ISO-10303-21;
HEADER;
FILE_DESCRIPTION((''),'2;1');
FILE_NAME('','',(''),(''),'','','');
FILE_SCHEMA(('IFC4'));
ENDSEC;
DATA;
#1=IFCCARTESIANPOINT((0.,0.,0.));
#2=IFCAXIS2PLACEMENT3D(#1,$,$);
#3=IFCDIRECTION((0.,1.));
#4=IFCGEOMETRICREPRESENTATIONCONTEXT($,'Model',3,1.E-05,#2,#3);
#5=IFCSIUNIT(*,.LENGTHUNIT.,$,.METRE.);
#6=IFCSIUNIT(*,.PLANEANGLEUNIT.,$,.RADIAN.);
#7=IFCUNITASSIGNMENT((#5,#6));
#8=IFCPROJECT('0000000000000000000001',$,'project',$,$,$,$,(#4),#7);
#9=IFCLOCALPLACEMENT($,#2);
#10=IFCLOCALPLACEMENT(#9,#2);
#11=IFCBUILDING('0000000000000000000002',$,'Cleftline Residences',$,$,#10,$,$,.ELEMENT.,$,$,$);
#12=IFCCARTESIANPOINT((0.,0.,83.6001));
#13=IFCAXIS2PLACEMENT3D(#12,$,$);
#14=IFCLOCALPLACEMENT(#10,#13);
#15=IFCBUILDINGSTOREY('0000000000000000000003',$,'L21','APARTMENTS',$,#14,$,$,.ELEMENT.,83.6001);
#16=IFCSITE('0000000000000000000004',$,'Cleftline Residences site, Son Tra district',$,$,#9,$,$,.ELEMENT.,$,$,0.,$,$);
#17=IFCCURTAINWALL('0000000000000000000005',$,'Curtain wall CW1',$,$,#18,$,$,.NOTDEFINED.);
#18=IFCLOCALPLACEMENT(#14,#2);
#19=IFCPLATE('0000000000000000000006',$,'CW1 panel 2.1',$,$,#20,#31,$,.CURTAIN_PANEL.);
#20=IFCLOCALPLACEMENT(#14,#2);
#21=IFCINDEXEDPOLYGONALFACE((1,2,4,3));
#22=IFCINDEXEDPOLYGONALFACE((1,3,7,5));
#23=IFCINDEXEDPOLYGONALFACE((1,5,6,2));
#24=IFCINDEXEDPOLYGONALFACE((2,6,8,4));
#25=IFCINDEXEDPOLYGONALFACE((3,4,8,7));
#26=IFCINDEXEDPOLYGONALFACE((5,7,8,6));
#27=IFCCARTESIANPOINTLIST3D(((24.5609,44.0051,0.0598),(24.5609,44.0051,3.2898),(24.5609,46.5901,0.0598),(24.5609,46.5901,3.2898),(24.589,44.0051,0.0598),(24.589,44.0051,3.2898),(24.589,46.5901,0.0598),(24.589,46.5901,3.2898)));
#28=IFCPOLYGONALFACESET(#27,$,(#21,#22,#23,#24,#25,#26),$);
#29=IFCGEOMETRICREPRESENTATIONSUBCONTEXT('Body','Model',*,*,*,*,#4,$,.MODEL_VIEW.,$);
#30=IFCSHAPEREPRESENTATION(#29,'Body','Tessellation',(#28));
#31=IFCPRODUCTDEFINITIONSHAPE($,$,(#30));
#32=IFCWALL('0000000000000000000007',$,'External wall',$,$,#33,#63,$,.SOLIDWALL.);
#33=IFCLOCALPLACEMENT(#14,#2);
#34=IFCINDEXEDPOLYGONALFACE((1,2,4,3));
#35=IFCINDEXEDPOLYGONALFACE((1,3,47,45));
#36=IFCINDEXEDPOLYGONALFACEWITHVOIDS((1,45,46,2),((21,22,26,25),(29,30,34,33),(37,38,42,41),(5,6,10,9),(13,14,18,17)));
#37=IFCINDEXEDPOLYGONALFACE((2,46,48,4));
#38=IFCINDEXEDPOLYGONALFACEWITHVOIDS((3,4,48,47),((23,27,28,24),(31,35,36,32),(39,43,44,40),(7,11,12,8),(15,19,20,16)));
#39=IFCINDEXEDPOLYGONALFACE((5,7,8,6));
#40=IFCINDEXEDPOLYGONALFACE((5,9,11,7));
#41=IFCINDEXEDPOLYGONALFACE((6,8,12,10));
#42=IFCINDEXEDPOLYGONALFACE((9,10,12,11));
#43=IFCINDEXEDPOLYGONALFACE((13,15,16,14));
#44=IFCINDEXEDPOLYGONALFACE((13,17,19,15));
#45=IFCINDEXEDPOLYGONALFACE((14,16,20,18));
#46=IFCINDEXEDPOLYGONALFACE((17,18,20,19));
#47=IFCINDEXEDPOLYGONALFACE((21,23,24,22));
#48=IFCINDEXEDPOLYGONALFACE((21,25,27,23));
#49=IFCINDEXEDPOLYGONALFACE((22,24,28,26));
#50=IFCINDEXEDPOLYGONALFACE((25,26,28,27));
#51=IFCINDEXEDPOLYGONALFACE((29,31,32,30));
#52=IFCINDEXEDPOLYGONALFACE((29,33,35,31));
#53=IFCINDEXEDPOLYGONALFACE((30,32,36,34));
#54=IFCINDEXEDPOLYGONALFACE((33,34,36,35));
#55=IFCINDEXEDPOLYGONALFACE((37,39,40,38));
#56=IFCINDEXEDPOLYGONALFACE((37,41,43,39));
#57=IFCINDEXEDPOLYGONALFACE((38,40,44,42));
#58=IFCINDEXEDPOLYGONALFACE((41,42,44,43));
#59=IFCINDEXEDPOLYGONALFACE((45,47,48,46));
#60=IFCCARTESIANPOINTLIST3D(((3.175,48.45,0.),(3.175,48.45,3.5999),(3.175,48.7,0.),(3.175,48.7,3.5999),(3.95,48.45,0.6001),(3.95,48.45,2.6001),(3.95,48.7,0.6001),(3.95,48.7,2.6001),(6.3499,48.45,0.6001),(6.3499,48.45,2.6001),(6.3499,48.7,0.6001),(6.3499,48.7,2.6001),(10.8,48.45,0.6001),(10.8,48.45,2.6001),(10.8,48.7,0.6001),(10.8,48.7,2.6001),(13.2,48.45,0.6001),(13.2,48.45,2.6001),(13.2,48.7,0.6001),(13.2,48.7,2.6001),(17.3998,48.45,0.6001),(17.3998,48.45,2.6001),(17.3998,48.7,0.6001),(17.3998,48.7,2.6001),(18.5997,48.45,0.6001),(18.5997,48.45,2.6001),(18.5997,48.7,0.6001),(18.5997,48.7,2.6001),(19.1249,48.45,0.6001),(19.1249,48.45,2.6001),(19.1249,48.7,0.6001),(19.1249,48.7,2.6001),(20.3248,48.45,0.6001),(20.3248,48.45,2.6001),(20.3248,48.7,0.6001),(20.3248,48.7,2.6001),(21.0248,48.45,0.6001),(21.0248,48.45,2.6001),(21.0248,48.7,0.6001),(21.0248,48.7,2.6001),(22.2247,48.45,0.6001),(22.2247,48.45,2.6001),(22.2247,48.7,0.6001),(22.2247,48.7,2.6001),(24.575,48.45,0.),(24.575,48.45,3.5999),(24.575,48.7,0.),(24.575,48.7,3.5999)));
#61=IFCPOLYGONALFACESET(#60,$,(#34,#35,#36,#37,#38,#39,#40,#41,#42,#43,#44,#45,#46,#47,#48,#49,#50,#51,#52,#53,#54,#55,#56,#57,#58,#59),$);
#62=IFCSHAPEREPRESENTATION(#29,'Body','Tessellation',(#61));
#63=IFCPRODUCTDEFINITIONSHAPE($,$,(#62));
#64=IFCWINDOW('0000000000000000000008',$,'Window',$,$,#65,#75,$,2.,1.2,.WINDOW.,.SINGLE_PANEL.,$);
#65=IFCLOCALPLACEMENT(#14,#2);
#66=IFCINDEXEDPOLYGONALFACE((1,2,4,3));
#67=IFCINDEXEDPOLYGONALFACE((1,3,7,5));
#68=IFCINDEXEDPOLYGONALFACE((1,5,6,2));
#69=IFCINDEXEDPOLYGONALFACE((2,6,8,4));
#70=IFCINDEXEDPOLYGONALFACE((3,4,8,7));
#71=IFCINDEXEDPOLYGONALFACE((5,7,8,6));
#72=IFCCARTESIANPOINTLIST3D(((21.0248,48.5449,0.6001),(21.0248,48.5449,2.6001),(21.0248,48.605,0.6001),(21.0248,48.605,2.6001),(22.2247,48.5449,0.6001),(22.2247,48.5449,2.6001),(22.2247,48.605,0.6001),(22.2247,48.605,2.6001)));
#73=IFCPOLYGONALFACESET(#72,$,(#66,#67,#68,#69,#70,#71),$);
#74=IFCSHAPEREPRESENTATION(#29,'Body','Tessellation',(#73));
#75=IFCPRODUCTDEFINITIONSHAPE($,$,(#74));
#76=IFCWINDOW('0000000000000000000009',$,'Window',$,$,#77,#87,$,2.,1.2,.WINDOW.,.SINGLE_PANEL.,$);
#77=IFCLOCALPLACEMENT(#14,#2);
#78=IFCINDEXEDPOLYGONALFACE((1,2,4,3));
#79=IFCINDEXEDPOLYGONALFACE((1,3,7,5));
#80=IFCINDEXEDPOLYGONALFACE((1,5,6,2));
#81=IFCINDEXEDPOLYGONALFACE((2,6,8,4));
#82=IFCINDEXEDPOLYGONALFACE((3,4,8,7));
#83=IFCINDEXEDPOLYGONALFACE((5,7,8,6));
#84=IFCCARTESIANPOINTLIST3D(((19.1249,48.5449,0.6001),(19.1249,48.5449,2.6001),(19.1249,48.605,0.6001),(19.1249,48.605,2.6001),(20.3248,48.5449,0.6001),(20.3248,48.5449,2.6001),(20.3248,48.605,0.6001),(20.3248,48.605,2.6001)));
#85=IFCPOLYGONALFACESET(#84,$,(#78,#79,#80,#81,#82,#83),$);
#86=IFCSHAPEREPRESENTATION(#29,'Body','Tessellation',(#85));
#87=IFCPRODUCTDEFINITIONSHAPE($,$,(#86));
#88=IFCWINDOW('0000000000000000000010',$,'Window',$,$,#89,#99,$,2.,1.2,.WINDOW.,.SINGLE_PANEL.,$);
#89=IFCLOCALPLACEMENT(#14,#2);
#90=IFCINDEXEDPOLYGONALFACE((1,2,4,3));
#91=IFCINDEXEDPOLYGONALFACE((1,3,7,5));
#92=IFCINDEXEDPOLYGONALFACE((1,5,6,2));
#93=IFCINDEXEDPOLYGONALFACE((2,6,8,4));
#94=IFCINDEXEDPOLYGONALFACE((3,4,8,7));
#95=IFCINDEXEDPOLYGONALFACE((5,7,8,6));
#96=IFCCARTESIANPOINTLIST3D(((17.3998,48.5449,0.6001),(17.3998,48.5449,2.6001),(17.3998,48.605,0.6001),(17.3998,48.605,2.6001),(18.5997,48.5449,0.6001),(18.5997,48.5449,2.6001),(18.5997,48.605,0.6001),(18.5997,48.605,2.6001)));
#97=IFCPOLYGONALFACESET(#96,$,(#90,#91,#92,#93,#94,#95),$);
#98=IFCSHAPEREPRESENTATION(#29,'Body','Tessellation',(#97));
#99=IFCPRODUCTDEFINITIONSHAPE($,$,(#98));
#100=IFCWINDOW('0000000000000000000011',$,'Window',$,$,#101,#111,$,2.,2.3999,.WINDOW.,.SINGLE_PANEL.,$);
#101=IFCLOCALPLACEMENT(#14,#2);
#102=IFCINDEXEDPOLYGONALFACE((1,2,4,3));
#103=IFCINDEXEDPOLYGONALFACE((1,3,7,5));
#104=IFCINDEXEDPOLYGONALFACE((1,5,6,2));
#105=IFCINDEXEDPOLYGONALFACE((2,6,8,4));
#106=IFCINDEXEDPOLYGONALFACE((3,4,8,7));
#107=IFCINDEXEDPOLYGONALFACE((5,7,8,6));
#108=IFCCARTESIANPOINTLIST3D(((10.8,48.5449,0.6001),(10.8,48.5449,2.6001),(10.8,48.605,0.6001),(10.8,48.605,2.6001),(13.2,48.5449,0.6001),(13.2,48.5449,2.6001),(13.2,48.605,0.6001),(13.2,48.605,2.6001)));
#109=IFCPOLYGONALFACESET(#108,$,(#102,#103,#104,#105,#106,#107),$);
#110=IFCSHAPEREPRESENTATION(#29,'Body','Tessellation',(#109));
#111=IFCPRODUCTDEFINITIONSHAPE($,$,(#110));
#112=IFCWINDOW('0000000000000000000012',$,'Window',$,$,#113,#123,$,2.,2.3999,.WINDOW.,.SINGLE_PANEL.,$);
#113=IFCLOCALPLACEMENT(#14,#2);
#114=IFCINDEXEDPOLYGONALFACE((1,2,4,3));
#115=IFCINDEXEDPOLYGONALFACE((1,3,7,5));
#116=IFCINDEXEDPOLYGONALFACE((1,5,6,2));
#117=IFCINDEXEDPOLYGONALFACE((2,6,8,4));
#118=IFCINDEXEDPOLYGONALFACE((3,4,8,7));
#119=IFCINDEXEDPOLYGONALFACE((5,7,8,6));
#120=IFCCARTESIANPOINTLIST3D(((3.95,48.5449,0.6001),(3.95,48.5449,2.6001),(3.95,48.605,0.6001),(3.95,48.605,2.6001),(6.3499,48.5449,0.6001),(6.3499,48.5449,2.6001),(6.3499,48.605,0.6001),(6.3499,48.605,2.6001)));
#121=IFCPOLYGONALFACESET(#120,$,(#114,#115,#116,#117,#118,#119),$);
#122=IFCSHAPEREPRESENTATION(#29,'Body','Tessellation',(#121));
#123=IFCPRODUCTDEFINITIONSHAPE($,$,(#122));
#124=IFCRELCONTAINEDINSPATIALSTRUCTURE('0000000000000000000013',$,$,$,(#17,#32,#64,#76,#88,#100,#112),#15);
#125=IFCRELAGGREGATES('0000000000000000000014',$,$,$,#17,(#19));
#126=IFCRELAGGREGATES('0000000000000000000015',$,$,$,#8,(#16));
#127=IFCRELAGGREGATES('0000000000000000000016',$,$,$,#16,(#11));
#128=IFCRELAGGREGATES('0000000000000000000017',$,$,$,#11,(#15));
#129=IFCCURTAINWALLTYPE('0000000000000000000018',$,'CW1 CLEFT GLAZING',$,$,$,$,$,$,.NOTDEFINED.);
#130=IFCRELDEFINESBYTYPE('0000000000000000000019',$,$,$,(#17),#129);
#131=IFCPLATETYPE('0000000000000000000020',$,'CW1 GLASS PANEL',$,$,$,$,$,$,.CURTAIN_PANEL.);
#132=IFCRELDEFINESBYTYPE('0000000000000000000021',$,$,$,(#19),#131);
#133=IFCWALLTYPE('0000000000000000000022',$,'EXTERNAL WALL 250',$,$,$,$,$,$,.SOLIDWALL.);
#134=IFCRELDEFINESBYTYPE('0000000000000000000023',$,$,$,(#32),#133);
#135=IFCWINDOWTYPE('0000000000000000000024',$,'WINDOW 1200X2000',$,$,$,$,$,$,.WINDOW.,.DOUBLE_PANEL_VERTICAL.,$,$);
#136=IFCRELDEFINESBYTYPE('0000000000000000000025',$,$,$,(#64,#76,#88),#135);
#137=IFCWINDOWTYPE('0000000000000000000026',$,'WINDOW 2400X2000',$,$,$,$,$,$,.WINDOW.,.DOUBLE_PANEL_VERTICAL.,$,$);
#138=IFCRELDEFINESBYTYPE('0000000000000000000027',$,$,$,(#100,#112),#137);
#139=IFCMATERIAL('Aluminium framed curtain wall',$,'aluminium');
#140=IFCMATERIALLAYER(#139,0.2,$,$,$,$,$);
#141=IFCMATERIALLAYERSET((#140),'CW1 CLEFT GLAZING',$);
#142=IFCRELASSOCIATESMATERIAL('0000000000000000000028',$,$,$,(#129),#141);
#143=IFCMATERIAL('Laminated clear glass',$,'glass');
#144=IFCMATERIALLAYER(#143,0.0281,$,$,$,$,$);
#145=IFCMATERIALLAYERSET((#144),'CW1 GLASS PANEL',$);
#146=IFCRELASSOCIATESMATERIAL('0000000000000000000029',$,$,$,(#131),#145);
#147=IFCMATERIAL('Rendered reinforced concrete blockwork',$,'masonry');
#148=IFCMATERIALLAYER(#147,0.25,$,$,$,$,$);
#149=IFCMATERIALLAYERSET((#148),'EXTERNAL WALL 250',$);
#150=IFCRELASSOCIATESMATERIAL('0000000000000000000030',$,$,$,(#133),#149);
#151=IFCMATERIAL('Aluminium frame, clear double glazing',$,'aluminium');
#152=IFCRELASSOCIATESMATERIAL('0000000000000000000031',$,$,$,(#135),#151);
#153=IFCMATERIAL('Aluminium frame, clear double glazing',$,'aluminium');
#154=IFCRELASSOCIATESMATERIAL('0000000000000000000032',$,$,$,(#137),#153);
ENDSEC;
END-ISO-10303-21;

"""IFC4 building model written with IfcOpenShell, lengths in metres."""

from ifc_helpers import new_model, si_unit, direction, frame, frame_2d, origin, origin_2d, place, context, subcontext, project, spatial, rectangle, extrude, material, layer, layer_set, type_object, element, fill, aggregate, save


model = new_model("IFC4")

# Units and contexts
model_context = context("Model", 3, precision=1e-05, world=origin(), true_north=direction((0.0, 1.0)))
body_context = subcontext(model_context, "Body", "Model", "MODEL_VIEW")
ifc_project = project(units=[si_unit("LENGTHUNIT", "METRE"), si_unit("PLANEANGLEUNIT", "RADIAN")], contexts=[model_context])

# Site, building, storey
site_placement = place(None, origin())
site = spatial("IfcSite", under=ifc_project, at=site_placement, Name="Cleftline Residences site, Son Tra district", CompositionType="ELEMENT", RefElevation=0.0)
building_placement = place(site_placement, origin())
building = spatial("IfcBuilding", under=site, at=building_placement, Name="Cleftline Residences", CompositionType="ELEMENT")
storey_placement = place(building_placement, frame((0.0, 0.0, 83.6001)))
storey = spatial("IfcBuildingStorey", under=building, at=storey_placement, Name="L21", Description="APARTMENTS", CompositionType="ELEMENT", Elevation=83.6001)

# Shared definitions
ifc_material_1 = material(Name="Aluminium framed curtain wall", Category="aluminium")
ifc_layer_1 = layer(ifc_material_1, 0.2)
ifc_layer_set_1 = layer_set([ifc_layer_1], Name="CW1 CLEFT GLAZING")
curtain_wall_type = type_object("IfcCurtainWallType", Name="CW1 CLEFT GLAZING", PredefinedType="NOTDEFINED", material=ifc_layer_set_1)

# Curtain wall, plate
curtain_wall_1_placement = place(storey_placement, origin())
curtain_wall_1 = element("IfcCurtainWall", 1, at=curtain_wall_1_placement, inside=storey, type_object=curtain_wall_type, Name="Curtain wall CW1", PredefinedType="NOTDEFINED")
ifc_material_2 = material(Name="Laminated clear glass", Category="glass")
ifc_layer_2 = layer(ifc_material_2, 0.0281)
ifc_layer_set_2 = layer_set([ifc_layer_2], Name="CW1 GLASS PANEL")
plate_type = type_object("IfcPlateType", Name="CW1 GLASS PANEL", PredefinedType="CURTAIN_PANEL", material=ifc_layer_set_2)
plate_1_placement = place(storey_placement, frame((24.575, 45.2976, 0.0598), z_axis=(0.0, 0.0, 1.0), x_axis=(0.0, 1.0, 0.0)))
plate_1 = element("IfcPlate", 2, at=plate_1_placement, type_object=plate_type, Name="CW1 panel 2.1", PredefinedType="CURTAIN_PANEL", context=body_context, shape_type="SweptSolid", body=[
    extrude(rectangle(XDim=2.585, YDim=0.0281, at=origin_2d()), origin(), (0.0, 0.0, 1.0), 3.23),
])
aggregate(curtain_wall_1, [plate_1])

# Wall, openings, windows
ifc_material_3 = material(Name="Rendered reinforced concrete blockwork", Category="masonry")
ifc_layer_3 = layer(ifc_material_3, 0.25)
ifc_layer_set_3 = layer_set([ifc_layer_3], Name="EXTERNAL WALL 250")
wall_type = type_object("IfcWallType", Name="EXTERNAL WALL 250", PredefinedType="SOLIDWALL", material=ifc_layer_set_3)
wall_placement = place(storey_placement, frame((24.575, 48.575, 0.0), z_axis=(0.0, 0.0, 1.0), x_axis=(-1.0, 0.0, 0.0)))
wall = element("IfcWall", 3, at=wall_placement, inside=storey, type_object=wall_type, Name="External wall", PredefinedType="SOLIDWALL", context=body_context, shape_type="SweptSolid", body=[
    extrude(rectangle(XDim=21.3999, YDim=0.25, at=frame_2d((10.7, 0.0))), origin(), (0.0, 0.0, 1.0), 3.5999),
])
opening_1_placement = place(wall_placement, frame((2.3501, 0.0, 0.6001)))
opening_1 = element("IfcOpeningElement", 4, at=opening_1_placement, cuts=wall, PredefinedType="OPENING", context=body_context, shape_type="SweptSolid", body=[
    extrude(rectangle(XDim=1.2, YDim=2.0, at=frame_2d((0.6001, 1.0))), frame((0.0, 0.135, 0.0), z_axis=(0.0, -1.0, 0.0), x_axis=(1.0, 0.0, 0.0)), (0.0, 0.0, 1.0), 0.27),
])
opening_2_placement = place(wall_placement, frame((4.25, 0.0, 0.6001)))
opening_2 = element("IfcOpeningElement", 5, at=opening_2_placement, cuts=wall, PredefinedType="OPENING", context=body_context, shape_type="SweptSolid", body=[
    extrude(rectangle(XDim=1.2, YDim=2.0, at=frame_2d((0.6001, 1.0))), frame((0.0, 0.135, 0.0), z_axis=(0.0, -1.0, 0.0), x_axis=(1.0, 0.0, 0.0)), (0.0, 0.0, 1.0), 0.27),
])
opening_3_placement = place(wall_placement, frame((5.9751, 0.0, 0.6001)))
opening_3 = element("IfcOpeningElement", 6, at=opening_3_placement, cuts=wall, PredefinedType="OPENING", context=body_context, shape_type="SweptSolid", body=[
    extrude(rectangle(XDim=1.2, YDim=2.0, at=frame_2d((0.6001, 1.0))), frame((0.0, 0.135, 0.0), z_axis=(0.0, -1.0, 0.0), x_axis=(1.0, 0.0, 0.0)), (0.0, 0.0, 1.0), 0.27),
])
opening_4_placement = place(wall_placement, frame((11.375, 0.0, 0.6001)))
opening_4 = element("IfcOpeningElement", 7, at=opening_4_placement, cuts=wall, PredefinedType="OPENING", context=body_context, shape_type="SweptSolid", body=[
    extrude(rectangle(XDim=2.3999, YDim=2.0, at=frame_2d((1.2, 1.0))), frame((0.0, 0.135, 0.0), z_axis=(0.0, -1.0, 0.0), x_axis=(1.0, 0.0, 0.0)), (0.0, 0.0, 1.0), 0.27),
])
opening_5_placement = place(wall_placement, frame((18.2251, 0.0, 0.6001)))
opening_5 = element("IfcOpeningElement", 8, at=opening_5_placement, cuts=wall, PredefinedType="OPENING", context=body_context, shape_type="SweptSolid", body=[
    extrude(rectangle(XDim=2.3999, YDim=2.0, at=frame_2d((1.2, 1.0))), frame((0.0, 0.135, 0.0), z_axis=(0.0, -1.0, 0.0), x_axis=(1.0, 0.0, 0.0)), (0.0, 0.0, 1.0), 0.27),
])
ifc_material_4 = material(Name="Aluminium frame, clear double glazing", Category="aluminium")
window_type_1 = type_object("IfcWindowType", Name="WINDOW 1200X2000", PartitioningType="DOUBLE_PANEL_VERTICAL", PredefinedType="WINDOW", material=ifc_material_4)
window_1_placement = place(opening_1_placement, origin())
window_1 = element("IfcWindow", 9, at=window_1_placement, inside=storey, type_object=window_type_1, Name="Window", OverallHeight=2.0, OverallWidth=1.2, PartitioningType="SINGLE_PANEL", PredefinedType="WINDOW", context=body_context, shape_type="SweptSolid", body=[
    extrude(rectangle(XDim=1.2, YDim=2.0, at=frame_2d((0.6001, 1.0))), frame((0.0, 0.03, 0.0), z_axis=(0.0, -1.0, 0.0), x_axis=(1.0, 0.0, 0.0)), (0.0, 0.0, 1.0), 0.0601),
])
fill(opening_1, window_1)
window_2_placement = place(opening_2_placement, origin())
window_2 = element("IfcWindow", 10, at=window_2_placement, inside=storey, type_object=window_type_1, Name="Window", OverallHeight=2.0, OverallWidth=1.2, PartitioningType="SINGLE_PANEL", PredefinedType="WINDOW", context=body_context, shape_type="SweptSolid", body=[
    extrude(rectangle(XDim=1.2, YDim=2.0, at=frame_2d((0.6001, 1.0))), frame((0.0, 0.03, 0.0), z_axis=(0.0, -1.0, 0.0), x_axis=(1.0, 0.0, 0.0)), (0.0, 0.0, 1.0), 0.0601),
])
fill(opening_2, window_2)
window_3_placement = place(opening_3_placement, origin())
window_3 = element("IfcWindow", 11, at=window_3_placement, inside=storey, type_object=window_type_1, Name="Window", OverallHeight=2.0, OverallWidth=1.2, PartitioningType="SINGLE_PANEL", PredefinedType="WINDOW", context=body_context, shape_type="SweptSolid", body=[
    extrude(rectangle(XDim=1.2, YDim=2.0, at=frame_2d((0.6001, 1.0))), frame((0.0, 0.03, 0.0), z_axis=(0.0, -1.0, 0.0), x_axis=(1.0, 0.0, 0.0)), (0.0, 0.0, 1.0), 0.0601),
])
fill(opening_3, window_3)
ifc_material_5 = material(Name="Aluminium frame, clear double glazing", Category="aluminium")
window_type_2 = type_object("IfcWindowType", Name="WINDOW 2400X2000", PartitioningType="DOUBLE_PANEL_VERTICAL", PredefinedType="WINDOW", material=ifc_material_5)
window_4_placement = place(opening_4_placement, origin())
window_4 = element("IfcWindow", 12, at=window_4_placement, inside=storey, type_object=window_type_2, Name="Window", OverallHeight=2.0, OverallWidth=2.3999, PartitioningType="SINGLE_PANEL", PredefinedType="WINDOW", context=body_context, shape_type="SweptSolid", body=[
    extrude(rectangle(XDim=2.3999, YDim=2.0, at=frame_2d((1.2, 1.0))), frame((0.0, 0.03, 0.0), z_axis=(0.0, -1.0, 0.0), x_axis=(1.0, 0.0, 0.0)), (0.0, 0.0, 1.0), 0.0601),
])
fill(opening_4, window_4)
window_5_placement = place(opening_5_placement, origin())
window_5 = element("IfcWindow", 13, at=window_5_placement, inside=storey, type_object=window_type_2, Name="Window", OverallHeight=2.0, OverallWidth=2.3999, PartitioningType="SINGLE_PANEL", PredefinedType="WINDOW", context=body_context, shape_type="SweptSolid", body=[
    extrude(rectangle(XDim=2.3999, YDim=2.0, at=frame_2d((1.2, 1.0))), frame((0.0, 0.03, 0.0), z_axis=(0.0, -1.0, 0.0), x_axis=(1.0, 0.0, 0.0)), (0.0, 0.0, 1.0), 0.0601),
])
fill(opening_5, window_5)

save(model, "model.ifc")
